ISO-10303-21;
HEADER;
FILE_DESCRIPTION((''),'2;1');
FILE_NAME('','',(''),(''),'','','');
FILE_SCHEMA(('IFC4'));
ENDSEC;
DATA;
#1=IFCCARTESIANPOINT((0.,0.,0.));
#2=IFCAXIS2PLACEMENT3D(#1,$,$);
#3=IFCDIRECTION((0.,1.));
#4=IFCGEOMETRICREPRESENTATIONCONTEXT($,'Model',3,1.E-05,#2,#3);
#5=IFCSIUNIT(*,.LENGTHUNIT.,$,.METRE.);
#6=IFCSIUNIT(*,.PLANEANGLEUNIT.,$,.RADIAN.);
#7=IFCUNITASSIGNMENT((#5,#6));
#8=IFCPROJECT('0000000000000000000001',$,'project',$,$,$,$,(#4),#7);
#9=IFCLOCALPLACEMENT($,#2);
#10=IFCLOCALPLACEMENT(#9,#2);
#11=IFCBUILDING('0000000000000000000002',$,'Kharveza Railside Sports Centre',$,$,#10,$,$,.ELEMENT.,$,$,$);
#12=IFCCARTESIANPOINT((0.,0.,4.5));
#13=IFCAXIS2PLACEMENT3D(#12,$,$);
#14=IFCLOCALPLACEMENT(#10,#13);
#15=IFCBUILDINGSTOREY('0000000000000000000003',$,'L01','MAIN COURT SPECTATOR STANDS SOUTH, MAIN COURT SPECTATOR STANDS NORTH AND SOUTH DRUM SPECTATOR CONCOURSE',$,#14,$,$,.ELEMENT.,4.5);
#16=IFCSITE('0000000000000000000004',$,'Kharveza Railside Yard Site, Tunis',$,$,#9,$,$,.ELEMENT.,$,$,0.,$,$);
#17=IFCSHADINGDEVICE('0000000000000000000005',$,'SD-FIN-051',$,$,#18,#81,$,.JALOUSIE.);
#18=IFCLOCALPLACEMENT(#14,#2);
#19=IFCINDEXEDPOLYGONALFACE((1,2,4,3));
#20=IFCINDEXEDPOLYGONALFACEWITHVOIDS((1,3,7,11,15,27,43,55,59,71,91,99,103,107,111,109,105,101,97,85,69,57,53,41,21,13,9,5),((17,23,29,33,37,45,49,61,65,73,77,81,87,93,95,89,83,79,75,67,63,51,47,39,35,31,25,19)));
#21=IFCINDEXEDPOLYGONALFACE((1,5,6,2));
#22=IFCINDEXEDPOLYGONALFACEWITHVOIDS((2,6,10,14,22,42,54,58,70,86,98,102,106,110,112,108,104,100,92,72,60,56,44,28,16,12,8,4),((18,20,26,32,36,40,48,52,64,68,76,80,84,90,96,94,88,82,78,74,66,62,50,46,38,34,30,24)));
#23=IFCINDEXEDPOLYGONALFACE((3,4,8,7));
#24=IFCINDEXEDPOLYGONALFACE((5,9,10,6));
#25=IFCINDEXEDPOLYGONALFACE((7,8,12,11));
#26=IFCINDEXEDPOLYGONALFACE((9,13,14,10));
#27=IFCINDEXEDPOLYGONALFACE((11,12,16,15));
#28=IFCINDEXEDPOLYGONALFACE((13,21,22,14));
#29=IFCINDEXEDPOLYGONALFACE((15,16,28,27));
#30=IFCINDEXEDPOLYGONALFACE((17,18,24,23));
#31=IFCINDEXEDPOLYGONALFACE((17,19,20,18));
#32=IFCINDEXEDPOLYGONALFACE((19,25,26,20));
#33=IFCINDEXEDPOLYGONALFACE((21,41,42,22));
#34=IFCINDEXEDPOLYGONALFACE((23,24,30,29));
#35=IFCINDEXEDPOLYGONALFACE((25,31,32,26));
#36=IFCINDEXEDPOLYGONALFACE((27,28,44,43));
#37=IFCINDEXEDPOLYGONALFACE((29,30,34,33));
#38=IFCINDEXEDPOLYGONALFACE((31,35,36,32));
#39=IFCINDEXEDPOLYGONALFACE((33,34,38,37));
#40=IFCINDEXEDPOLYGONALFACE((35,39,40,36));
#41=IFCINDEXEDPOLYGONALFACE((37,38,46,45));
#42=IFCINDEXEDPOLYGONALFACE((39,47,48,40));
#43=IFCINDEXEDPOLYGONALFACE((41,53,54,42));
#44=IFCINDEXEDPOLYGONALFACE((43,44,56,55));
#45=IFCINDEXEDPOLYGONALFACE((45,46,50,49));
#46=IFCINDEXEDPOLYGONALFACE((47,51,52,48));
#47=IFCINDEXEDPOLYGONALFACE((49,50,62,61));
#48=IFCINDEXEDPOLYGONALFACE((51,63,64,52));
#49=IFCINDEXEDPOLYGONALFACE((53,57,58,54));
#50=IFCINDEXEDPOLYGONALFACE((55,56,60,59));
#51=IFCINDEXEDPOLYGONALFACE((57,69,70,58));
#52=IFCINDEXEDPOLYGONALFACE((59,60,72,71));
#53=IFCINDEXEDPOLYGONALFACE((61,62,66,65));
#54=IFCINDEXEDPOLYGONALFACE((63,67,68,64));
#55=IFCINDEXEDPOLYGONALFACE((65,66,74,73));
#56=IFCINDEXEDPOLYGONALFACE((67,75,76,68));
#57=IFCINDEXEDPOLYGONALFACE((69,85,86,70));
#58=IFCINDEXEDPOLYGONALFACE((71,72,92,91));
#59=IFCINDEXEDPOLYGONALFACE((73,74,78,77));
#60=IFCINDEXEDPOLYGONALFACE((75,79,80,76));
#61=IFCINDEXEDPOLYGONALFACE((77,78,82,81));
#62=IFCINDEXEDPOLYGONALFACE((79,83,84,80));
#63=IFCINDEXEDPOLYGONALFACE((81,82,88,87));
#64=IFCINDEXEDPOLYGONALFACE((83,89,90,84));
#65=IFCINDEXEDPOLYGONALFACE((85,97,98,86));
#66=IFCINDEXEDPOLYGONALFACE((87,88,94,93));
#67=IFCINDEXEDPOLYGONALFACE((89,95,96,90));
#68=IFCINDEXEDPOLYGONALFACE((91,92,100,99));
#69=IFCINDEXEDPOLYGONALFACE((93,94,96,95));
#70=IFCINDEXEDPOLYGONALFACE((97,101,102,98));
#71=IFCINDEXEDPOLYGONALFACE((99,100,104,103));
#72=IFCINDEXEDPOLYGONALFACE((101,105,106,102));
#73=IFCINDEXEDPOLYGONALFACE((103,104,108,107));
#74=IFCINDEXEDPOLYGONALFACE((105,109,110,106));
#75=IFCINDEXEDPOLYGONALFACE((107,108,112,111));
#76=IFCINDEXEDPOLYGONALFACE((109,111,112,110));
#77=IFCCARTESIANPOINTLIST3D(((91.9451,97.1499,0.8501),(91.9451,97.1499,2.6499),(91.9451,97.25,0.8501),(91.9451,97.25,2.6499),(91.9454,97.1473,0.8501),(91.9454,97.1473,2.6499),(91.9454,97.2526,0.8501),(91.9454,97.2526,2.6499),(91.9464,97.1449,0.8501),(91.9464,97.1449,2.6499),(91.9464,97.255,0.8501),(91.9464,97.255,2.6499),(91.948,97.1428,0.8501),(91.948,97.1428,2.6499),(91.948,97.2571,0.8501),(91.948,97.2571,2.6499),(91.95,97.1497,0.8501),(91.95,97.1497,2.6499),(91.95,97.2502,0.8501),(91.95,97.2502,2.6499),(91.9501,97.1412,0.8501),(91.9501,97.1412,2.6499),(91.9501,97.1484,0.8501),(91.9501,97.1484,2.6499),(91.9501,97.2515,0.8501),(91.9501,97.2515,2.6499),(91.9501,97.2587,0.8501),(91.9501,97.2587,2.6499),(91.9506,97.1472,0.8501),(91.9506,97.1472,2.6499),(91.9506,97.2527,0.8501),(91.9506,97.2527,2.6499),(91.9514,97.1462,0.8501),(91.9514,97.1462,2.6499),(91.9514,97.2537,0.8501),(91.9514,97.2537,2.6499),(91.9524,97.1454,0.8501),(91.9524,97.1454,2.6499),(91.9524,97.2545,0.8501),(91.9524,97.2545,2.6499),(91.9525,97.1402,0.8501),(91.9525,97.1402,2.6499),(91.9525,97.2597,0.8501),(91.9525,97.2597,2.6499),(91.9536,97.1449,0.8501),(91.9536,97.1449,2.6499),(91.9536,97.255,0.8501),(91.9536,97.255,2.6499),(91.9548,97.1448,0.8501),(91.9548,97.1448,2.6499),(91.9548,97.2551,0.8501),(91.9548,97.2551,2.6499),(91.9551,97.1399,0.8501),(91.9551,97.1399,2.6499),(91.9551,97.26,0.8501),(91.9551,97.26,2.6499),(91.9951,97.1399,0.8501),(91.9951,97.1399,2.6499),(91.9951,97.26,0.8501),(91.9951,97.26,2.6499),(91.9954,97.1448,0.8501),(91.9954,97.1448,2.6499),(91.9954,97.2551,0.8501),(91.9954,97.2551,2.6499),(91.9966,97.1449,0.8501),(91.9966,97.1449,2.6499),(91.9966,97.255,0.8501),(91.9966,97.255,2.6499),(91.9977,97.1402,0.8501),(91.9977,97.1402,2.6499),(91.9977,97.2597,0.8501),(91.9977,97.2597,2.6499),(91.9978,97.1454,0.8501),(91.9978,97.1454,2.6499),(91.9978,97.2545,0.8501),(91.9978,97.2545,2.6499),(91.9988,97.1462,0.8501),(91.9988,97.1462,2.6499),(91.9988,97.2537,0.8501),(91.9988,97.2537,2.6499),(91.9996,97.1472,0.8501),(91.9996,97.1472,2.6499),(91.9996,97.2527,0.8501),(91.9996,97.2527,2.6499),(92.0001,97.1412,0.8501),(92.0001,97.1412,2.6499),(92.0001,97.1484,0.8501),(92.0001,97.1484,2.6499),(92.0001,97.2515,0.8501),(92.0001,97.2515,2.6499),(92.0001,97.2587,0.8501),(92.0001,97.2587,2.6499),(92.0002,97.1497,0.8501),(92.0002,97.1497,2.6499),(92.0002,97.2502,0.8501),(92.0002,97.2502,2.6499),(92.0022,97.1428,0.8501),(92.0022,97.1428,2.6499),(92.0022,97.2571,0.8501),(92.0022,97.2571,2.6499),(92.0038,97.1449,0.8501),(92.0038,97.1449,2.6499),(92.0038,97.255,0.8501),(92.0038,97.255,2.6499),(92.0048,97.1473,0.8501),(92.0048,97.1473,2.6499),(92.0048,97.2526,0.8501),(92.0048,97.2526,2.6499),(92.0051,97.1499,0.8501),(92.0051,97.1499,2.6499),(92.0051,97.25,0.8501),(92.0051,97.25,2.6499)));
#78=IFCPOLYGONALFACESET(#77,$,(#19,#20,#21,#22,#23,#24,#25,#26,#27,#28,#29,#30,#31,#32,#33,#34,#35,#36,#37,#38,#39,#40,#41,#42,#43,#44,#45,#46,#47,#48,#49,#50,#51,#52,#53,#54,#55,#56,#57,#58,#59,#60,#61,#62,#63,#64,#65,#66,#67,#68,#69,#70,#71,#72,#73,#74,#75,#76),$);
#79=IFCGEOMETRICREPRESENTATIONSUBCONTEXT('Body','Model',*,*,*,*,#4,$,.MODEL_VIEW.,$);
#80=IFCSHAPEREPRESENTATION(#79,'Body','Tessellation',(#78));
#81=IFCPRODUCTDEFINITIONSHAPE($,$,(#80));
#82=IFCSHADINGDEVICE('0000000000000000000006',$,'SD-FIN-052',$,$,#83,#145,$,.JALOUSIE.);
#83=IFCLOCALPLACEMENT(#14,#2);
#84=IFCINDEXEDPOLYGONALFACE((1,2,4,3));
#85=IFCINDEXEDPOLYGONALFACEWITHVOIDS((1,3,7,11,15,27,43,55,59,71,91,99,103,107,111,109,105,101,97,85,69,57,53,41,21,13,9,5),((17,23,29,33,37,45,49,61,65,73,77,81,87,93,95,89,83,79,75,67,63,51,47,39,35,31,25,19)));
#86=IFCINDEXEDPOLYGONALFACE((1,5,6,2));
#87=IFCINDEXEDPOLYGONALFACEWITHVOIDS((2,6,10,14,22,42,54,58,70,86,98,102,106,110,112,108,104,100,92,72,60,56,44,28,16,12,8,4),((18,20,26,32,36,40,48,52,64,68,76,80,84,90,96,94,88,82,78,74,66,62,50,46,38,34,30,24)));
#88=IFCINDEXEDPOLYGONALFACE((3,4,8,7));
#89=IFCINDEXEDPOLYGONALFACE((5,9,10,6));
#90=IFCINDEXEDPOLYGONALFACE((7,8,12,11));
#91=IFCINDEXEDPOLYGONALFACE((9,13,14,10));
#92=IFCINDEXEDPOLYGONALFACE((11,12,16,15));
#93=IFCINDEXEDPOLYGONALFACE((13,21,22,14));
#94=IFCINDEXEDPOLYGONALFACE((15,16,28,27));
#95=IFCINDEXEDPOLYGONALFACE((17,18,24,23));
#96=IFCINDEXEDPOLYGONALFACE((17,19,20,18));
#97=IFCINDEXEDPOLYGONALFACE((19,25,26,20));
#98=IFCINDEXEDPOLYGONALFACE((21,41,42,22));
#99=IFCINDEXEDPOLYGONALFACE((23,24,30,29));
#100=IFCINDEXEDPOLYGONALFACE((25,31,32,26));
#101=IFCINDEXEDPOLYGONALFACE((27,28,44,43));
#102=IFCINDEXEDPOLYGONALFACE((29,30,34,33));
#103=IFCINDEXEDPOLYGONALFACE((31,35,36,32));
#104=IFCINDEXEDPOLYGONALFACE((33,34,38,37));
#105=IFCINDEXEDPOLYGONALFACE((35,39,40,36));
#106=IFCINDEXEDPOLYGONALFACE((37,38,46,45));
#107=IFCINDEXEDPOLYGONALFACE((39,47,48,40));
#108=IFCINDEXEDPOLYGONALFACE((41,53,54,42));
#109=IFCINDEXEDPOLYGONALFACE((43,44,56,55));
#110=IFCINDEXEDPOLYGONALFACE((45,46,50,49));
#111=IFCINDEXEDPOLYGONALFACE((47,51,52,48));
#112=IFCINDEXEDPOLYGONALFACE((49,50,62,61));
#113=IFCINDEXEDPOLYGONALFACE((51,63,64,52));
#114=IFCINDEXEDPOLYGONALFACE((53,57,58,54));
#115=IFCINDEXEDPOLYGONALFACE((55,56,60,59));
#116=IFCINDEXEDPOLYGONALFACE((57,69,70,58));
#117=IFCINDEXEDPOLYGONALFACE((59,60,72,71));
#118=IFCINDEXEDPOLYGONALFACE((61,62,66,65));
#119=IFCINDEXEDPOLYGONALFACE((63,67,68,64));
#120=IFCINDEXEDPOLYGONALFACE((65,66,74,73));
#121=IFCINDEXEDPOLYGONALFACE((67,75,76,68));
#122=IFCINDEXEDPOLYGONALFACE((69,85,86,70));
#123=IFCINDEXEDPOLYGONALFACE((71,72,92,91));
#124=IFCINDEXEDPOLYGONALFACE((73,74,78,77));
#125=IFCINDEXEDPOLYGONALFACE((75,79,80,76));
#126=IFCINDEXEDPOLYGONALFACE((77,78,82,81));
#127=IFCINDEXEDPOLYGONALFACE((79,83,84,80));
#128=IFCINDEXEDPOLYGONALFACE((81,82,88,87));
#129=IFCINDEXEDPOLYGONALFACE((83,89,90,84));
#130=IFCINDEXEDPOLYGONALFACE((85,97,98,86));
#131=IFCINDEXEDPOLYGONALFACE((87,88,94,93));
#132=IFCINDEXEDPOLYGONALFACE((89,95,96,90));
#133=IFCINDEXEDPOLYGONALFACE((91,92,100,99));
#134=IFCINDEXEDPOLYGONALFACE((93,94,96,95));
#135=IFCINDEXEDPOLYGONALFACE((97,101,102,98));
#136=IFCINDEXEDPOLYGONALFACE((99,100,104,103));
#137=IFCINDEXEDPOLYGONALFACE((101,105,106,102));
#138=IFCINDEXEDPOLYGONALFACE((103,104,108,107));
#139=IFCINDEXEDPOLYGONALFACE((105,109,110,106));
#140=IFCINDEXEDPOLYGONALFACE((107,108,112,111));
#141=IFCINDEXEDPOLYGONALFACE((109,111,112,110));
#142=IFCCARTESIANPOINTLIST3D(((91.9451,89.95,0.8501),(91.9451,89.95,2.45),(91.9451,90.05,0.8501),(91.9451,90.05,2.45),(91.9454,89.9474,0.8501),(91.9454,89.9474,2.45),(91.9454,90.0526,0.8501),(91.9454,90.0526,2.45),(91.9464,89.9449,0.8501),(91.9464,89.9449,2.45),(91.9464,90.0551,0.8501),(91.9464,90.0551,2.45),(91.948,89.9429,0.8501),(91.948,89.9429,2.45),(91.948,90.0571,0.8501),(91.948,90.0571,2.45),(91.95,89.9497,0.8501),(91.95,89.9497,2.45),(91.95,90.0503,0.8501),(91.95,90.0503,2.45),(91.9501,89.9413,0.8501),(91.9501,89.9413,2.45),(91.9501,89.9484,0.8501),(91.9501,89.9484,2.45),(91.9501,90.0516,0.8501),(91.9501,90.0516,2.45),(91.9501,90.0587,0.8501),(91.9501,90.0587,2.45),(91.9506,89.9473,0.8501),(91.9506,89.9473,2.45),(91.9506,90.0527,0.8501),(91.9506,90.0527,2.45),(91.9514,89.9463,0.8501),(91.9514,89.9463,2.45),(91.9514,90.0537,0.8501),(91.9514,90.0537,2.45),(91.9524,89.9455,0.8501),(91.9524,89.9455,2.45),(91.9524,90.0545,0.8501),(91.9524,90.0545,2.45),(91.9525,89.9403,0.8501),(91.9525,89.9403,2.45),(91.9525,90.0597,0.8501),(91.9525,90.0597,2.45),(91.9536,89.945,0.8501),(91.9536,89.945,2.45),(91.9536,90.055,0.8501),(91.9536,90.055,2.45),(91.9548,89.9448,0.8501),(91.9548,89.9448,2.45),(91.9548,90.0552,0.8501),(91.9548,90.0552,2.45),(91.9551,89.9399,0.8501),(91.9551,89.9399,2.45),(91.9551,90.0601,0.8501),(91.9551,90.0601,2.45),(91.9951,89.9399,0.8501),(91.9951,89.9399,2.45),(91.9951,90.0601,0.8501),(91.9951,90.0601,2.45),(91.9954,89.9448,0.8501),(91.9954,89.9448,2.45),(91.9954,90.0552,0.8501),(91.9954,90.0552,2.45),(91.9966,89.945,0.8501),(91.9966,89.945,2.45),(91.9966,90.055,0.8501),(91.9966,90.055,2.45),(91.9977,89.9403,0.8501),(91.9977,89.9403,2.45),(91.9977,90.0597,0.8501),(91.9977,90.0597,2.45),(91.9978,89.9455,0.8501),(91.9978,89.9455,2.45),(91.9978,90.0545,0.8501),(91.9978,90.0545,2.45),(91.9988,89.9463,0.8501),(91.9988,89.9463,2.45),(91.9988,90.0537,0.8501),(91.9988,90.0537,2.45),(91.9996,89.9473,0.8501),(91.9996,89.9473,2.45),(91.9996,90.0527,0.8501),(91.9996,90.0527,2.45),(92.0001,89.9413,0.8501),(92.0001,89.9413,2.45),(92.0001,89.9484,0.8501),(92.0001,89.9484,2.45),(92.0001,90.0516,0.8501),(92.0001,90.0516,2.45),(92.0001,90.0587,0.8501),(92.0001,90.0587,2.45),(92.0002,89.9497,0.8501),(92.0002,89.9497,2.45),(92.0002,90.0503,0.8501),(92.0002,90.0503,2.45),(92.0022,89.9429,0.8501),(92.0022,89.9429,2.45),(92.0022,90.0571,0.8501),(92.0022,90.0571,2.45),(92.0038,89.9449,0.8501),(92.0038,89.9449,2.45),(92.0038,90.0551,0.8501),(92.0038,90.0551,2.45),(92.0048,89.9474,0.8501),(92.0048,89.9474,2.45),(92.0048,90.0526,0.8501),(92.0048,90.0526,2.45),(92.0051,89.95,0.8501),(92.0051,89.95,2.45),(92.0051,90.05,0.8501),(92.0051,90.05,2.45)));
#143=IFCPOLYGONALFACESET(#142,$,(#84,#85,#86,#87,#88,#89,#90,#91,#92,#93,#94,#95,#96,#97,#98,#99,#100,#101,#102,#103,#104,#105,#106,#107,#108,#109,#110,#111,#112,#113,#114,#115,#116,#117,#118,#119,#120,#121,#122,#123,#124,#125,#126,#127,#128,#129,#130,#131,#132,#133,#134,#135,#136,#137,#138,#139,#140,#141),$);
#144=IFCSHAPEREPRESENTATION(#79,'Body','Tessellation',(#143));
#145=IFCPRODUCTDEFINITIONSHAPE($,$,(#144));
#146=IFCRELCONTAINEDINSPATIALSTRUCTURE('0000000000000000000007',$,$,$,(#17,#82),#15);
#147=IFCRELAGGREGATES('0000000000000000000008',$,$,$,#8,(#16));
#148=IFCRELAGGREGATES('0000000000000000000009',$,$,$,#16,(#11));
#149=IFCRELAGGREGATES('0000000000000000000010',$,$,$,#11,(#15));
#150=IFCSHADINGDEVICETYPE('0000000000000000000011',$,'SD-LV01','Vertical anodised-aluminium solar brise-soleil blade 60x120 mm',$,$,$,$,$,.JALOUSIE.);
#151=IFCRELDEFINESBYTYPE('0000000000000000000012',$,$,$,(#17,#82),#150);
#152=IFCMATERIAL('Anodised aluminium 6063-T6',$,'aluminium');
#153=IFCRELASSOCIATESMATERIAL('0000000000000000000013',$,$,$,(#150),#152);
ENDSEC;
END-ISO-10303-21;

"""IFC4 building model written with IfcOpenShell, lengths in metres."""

from ifc_helpers import new_model, si_unit, direction, frame, origin, origin_2d, place, context, subcontext, project, spatial, hollow_rectangle, extrude, material, material_profile, profile_set, type_object, element, save


model = new_model("IFC4")

# Units and contexts
model_context = context("Model", 3, precision=1e-05, world=origin(), true_north=direction((0.0, 1.0)))
body_context = subcontext(model_context, "Body", "Model", "MODEL_VIEW")
ifc_project = project(units=[si_unit("LENGTHUNIT", "METRE"), si_unit("PLANEANGLEUNIT", "RADIAN")], contexts=[model_context])

# Site, building, storey
site_placement = place(None, origin())
site = spatial("IfcSite", under=ifc_project, at=site_placement, Name="Kharveza Railside Yard Site, Tunis", CompositionType="ELEMENT", RefElevation=0.0)
building_placement = place(site_placement, origin())
building = spatial("IfcBuilding", under=site, at=building_placement, Name="Kharveza Railside Sports Centre", CompositionType="ELEMENT")
storey_placement = place(building_placement, frame((0.0, 0.0, 4.5)))
storey = spatial("IfcBuildingStorey", under=building, at=storey_placement, Name="L01", Description="MAIN COURT SPECTATOR STANDS SOUTH, MAIN COURT SPECTATOR STANDS NORTH AND SOUTH DRUM SPECTATOR CONCOURSE", CompositionType="ELEMENT", Elevation=4.5)

# Shading devices
ifc_material_1 = material(Name="Anodised aluminium 6063-T6", Category="aluminium")
ifc_material_profile_1 = material_profile(ifc_material_1, hollow_rectangle(XDim=0.0601, YDim=0.1201, WallThickness=0.0049, InnerFilletRadius=0.0049, OuterFilletRadius=0.01, at=origin_2d()), Name="RHS 60x120x5.0")
ifc_profile_set_1 = profile_set([ifc_material_profile_1], Name="Anodised aluminium 6063-T6")
shading_device_type = type_object("IfcShadingDeviceType", Name="SD-LV01", Description="Vertical anodised-aluminium solar brise-soleil blade 60x120 mm", PredefinedType="JALOUSIE", material=ifc_profile_set_1)
shading_device_1_placement = place(storey_placement, frame((91.9751, 97.2, 0.8501), z_axis=(0.0, 0.0, 1.0), x_axis=(-1.0, 0.0, 0.0)))
element("IfcShadingDevice", 1, at=shading_device_1_placement, inside=storey, type_object=shading_device_type, Name="SD-FIN-051", PredefinedType="JALOUSIE", context=body_context, shape_type="SweptSolid", body=[
    extrude(hollow_rectangle(XDim=0.0601, YDim=0.1201, WallThickness=0.0049, InnerFilletRadius=0.0049, OuterFilletRadius=0.01, at=origin_2d()), origin(), (0.0, 0.0, 1.0), 1.7998),
])
shading_device_2_placement = place(storey_placement, frame((91.9751, 90.0, 0.8501), z_axis=(0.0, 0.0, 1.0), x_axis=(-1.0, 0.0, 0.0)))
element("IfcShadingDevice", 2, at=shading_device_2_placement, inside=storey, type_object=shading_device_type, Name="SD-FIN-052", PredefinedType="JALOUSIE", context=body_context, shape_type="SweptSolid", body=[
    extrude(hollow_rectangle(XDim=0.0601, YDim=0.1201, WallThickness=0.0049, InnerFilletRadius=0.0049, OuterFilletRadius=0.01, at=origin_2d()), origin(), (0.0, 0.0, 1.0), 1.5999),
])

save(model, "model.ifc")
